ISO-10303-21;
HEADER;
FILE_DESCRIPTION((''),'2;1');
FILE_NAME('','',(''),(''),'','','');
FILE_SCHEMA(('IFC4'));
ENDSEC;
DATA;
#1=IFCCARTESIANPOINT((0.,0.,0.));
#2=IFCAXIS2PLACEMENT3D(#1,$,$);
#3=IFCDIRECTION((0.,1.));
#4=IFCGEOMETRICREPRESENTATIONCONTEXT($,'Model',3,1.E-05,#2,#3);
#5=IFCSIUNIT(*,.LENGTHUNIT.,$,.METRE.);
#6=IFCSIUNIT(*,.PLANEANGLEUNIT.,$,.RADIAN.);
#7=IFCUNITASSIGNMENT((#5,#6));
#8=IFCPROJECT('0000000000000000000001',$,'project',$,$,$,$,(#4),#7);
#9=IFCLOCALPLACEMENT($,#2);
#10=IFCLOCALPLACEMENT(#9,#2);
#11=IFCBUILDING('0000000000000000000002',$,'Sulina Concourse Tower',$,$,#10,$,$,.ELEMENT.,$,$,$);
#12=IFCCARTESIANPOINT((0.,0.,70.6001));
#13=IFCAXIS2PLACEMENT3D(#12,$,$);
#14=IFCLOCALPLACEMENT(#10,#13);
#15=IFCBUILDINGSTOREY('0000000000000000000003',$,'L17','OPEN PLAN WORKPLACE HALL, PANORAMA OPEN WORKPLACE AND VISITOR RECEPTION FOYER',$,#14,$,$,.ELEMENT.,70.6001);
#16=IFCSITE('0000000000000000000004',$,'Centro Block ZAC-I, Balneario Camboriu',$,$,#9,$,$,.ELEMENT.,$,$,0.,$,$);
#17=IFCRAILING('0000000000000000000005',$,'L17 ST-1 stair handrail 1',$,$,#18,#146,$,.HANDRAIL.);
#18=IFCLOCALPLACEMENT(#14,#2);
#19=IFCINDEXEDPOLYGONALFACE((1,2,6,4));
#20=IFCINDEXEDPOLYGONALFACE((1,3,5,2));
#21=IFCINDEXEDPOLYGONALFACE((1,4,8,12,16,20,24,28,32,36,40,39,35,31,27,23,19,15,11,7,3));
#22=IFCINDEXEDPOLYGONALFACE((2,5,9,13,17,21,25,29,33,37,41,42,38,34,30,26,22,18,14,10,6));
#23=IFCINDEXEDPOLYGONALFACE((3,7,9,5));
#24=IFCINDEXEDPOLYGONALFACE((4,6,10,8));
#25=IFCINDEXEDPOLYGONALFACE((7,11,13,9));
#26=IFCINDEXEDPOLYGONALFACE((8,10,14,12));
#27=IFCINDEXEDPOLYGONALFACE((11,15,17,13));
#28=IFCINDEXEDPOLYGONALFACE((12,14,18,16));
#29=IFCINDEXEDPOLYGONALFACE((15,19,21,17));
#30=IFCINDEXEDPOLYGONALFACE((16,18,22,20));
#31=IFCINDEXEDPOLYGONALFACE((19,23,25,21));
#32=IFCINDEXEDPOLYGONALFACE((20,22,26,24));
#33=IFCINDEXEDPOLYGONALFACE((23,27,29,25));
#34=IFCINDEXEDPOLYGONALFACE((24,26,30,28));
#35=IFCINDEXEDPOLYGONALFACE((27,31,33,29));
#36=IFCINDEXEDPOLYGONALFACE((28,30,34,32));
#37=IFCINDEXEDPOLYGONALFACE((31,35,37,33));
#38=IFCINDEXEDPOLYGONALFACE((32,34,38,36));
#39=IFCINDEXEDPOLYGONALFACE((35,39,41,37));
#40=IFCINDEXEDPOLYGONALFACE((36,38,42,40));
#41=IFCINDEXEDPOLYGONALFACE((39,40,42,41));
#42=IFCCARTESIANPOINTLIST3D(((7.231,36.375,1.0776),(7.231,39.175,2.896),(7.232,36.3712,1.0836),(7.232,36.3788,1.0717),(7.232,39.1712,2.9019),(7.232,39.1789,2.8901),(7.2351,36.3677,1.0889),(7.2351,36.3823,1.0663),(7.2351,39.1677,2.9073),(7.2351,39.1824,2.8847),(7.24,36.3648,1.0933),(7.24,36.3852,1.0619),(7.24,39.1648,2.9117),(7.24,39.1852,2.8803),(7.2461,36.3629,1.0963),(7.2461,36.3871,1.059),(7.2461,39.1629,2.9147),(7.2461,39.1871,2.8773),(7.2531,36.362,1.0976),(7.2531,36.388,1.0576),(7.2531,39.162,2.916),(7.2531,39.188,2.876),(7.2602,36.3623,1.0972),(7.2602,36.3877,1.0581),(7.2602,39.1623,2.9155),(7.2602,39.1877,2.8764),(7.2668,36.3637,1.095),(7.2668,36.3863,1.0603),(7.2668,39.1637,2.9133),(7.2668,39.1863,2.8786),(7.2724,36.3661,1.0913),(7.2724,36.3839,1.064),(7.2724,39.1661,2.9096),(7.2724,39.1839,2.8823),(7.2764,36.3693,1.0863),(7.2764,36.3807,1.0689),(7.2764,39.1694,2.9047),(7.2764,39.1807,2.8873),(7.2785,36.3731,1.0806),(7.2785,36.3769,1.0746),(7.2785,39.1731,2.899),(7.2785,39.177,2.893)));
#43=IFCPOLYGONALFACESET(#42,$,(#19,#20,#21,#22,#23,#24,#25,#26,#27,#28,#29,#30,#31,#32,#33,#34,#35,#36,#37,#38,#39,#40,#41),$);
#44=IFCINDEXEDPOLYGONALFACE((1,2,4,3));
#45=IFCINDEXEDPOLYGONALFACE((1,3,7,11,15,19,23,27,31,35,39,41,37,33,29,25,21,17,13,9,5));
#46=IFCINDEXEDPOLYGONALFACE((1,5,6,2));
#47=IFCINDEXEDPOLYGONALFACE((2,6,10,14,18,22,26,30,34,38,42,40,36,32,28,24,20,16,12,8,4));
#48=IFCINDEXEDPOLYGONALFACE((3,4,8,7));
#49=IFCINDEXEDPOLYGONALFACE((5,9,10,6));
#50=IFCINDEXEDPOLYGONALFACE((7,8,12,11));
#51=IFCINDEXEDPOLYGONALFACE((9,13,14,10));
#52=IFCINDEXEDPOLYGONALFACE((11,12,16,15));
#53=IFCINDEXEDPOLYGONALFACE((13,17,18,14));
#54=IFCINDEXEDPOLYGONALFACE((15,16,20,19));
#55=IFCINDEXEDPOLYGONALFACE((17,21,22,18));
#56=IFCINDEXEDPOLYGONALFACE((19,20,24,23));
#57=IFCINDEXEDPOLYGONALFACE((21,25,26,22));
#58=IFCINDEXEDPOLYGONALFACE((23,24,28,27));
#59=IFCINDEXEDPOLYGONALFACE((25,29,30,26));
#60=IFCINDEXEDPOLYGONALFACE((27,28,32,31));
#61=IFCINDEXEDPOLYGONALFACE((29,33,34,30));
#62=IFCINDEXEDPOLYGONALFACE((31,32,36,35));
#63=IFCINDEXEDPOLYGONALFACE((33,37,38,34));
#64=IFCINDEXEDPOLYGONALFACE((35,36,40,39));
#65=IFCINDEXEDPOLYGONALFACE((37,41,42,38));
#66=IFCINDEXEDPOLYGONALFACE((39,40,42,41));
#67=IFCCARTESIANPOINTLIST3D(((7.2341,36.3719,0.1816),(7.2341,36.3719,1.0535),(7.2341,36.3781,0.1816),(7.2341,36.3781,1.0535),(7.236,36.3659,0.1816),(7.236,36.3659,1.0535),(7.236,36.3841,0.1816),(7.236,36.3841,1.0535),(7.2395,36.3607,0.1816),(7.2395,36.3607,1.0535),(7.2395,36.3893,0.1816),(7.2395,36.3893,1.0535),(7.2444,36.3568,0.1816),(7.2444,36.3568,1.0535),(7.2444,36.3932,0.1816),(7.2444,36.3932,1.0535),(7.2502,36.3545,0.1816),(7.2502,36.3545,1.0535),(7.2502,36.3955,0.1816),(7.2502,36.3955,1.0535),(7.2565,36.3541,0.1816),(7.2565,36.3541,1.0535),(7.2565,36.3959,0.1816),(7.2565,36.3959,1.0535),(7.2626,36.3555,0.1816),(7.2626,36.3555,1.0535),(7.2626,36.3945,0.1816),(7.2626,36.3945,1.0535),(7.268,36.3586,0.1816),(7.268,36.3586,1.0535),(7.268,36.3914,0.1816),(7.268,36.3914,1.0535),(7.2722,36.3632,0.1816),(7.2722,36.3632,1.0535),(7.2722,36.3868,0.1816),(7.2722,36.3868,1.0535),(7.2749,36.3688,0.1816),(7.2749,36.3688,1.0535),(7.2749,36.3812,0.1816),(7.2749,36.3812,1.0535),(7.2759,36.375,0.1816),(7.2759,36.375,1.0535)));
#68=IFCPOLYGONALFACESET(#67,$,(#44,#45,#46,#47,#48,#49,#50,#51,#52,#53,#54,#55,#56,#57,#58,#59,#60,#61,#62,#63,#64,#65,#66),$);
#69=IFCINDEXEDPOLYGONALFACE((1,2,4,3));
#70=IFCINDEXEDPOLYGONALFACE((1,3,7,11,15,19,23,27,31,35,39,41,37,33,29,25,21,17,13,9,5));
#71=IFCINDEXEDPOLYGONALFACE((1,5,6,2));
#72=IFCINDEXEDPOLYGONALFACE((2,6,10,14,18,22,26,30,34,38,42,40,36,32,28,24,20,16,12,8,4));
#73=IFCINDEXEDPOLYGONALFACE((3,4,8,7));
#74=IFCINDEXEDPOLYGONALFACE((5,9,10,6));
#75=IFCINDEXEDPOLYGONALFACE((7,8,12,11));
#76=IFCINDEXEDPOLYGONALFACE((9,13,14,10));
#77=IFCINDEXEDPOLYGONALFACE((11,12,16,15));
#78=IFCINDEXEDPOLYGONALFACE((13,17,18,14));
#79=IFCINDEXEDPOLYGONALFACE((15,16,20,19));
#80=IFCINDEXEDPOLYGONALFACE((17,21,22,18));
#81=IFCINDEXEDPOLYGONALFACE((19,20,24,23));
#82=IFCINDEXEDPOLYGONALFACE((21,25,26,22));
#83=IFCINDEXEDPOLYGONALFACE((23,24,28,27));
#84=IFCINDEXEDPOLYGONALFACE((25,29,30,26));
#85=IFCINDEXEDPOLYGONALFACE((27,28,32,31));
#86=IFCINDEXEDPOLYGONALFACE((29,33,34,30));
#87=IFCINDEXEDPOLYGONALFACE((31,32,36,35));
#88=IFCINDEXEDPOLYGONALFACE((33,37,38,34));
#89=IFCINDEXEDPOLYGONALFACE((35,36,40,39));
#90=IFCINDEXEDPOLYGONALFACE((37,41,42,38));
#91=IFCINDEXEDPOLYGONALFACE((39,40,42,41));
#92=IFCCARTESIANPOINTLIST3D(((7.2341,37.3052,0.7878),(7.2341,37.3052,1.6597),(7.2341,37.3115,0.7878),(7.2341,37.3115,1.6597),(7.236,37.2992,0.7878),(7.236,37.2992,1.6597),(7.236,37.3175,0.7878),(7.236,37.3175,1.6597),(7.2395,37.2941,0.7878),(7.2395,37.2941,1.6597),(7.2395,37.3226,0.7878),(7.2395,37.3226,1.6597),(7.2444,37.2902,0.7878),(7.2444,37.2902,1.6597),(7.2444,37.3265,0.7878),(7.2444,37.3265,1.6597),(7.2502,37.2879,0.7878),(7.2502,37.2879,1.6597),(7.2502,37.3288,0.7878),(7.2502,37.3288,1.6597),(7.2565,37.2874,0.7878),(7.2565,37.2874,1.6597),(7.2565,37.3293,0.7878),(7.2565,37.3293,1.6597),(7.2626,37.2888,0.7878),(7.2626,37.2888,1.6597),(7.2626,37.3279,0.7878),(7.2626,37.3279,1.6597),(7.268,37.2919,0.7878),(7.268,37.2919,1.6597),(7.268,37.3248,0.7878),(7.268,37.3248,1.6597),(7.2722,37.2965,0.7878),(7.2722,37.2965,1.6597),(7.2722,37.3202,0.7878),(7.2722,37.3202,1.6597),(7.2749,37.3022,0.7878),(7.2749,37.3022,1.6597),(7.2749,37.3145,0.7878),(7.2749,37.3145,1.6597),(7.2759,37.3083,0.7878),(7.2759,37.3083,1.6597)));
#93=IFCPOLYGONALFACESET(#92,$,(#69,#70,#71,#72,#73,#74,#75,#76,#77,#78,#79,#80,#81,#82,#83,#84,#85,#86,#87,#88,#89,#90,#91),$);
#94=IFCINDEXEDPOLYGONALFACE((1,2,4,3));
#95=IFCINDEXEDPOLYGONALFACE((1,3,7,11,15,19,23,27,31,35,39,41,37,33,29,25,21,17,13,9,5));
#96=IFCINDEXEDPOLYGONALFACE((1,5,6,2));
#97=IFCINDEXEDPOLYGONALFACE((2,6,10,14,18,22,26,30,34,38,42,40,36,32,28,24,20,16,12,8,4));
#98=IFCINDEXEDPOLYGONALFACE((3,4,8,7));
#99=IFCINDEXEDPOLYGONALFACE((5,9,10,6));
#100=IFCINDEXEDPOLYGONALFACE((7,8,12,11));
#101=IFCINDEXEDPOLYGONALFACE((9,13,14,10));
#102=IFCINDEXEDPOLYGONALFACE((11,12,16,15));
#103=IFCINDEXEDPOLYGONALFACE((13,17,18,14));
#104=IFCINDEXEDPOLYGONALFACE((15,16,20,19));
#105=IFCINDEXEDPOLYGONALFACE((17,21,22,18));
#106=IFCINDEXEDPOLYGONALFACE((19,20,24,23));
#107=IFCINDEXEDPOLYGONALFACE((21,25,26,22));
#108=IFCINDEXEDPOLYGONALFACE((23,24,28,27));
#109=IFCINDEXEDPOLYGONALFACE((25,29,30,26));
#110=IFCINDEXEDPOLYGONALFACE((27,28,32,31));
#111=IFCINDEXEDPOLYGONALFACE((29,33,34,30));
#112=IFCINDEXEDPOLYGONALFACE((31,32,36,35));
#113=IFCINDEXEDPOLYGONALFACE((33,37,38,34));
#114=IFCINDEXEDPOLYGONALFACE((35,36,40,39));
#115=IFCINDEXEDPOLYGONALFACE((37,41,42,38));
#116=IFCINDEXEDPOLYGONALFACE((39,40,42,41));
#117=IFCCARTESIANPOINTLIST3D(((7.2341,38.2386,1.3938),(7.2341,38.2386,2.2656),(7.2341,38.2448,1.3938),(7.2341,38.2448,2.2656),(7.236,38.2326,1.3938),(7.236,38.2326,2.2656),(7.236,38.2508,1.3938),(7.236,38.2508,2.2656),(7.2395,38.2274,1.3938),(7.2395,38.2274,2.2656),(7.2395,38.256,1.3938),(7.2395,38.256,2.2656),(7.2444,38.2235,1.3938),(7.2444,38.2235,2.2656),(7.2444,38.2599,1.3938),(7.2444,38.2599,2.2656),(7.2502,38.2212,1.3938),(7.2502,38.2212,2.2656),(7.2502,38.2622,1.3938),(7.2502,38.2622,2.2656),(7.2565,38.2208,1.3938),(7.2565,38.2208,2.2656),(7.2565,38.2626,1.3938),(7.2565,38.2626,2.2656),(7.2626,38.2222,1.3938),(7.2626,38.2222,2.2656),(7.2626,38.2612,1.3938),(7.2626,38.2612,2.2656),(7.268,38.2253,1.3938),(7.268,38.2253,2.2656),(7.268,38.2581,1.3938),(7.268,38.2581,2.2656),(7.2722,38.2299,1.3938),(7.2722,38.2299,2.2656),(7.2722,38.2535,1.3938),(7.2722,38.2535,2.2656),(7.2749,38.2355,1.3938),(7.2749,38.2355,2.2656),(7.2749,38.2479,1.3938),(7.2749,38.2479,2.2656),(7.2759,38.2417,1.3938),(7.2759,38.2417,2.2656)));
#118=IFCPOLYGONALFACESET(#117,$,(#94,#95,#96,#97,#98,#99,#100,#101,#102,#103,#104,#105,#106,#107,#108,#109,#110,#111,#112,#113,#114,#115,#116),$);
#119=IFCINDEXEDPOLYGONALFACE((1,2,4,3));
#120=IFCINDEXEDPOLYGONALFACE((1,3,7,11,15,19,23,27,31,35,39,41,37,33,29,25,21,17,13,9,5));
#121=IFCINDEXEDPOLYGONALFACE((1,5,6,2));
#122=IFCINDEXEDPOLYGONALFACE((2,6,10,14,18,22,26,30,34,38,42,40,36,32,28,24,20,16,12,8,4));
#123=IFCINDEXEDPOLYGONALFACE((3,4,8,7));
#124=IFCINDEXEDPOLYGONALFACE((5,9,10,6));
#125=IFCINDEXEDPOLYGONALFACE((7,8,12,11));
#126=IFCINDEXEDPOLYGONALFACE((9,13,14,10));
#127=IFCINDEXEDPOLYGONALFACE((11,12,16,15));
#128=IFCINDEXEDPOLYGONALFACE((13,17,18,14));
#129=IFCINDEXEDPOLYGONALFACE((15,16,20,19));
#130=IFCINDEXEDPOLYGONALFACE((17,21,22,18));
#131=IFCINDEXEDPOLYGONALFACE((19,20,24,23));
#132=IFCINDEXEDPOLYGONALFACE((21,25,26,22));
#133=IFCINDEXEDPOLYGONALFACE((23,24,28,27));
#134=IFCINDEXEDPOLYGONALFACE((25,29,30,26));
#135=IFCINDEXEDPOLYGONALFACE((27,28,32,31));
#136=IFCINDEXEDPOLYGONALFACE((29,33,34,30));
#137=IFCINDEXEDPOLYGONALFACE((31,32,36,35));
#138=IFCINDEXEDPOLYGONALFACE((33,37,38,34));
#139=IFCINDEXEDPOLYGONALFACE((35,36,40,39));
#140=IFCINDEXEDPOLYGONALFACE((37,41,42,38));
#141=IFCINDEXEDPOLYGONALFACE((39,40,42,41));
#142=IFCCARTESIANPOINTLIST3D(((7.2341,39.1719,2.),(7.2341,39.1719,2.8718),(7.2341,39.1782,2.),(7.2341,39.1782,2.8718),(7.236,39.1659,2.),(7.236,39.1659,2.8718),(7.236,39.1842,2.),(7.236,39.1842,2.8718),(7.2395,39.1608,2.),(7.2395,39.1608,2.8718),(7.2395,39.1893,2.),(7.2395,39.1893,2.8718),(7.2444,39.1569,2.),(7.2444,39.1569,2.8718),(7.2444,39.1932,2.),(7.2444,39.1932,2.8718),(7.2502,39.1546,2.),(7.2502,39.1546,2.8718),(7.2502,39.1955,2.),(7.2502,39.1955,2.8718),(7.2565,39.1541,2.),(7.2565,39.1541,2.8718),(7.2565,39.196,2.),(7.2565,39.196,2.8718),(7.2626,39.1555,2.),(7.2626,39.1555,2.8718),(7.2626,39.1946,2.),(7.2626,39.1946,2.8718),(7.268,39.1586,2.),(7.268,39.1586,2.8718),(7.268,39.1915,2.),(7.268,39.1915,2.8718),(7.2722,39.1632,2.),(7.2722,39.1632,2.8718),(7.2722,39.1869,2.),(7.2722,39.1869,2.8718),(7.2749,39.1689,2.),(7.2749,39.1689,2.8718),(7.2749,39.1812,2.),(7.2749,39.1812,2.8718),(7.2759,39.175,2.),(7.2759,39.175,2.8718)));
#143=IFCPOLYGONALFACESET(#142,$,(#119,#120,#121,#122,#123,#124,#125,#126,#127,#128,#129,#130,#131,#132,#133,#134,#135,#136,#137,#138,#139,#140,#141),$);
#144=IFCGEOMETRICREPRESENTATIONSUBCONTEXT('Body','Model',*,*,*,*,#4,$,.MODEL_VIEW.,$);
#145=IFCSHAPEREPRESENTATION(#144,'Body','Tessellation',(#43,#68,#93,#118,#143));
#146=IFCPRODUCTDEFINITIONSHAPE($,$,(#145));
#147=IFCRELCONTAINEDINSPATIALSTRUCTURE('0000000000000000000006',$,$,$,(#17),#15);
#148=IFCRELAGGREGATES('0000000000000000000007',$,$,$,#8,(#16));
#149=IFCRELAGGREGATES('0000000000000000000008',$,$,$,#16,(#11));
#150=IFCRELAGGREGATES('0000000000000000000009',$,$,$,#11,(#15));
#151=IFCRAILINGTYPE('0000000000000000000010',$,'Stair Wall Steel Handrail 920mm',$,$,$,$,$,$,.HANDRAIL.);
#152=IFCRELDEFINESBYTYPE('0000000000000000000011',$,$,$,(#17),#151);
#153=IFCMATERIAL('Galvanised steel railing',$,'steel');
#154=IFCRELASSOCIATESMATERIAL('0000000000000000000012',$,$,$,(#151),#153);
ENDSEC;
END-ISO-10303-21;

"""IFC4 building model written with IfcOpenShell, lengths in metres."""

from ifc_helpers import new_model, si_unit, direction, frame, origin, origin_2d, place, context, subcontext, project, spatial, circle, extrude, material, type_object, element, save


model = new_model("IFC4")

# Units and contexts
model_context = context("Model", 3, precision=1e-05, world=origin(), true_north=direction((0.0, 1.0)))
body_context = subcontext(model_context, "Body", "Model", "MODEL_VIEW")
ifc_project = project(units=[si_unit("LENGTHUNIT", "METRE"), si_unit("PLANEANGLEUNIT", "RADIAN")], contexts=[model_context])

# Site, building, storey
site_placement = place(None, origin())
site = spatial("IfcSite", under=ifc_project, at=site_placement, Name="Centro Block ZAC-I, Balneario Camboriu", CompositionType="ELEMENT", RefElevation=0.0)
building_placement = place(site_placement, origin())
building = spatial("IfcBuilding", under=site, at=building_placement, Name="Sulina Concourse Tower", CompositionType="ELEMENT")
storey_placement = place(building_placement, frame((0.0, 0.0, 70.6001)))
storey = spatial("IfcBuildingStorey", under=building, at=storey_placement, Name="L17", Description="OPEN PLAN WORKPLACE HALL, PANORAMA OPEN WORKPLACE AND VISITOR RECEPTION FOYER", CompositionType="ELEMENT", Elevation=70.6001)

# Railing
ifc_material_1 = material(Name="Galvanised steel railing", Category="steel")
railing_type_1 = type_object("IfcRailingType", Name="Stair Wall Steel Handrail 920mm", PredefinedType="HANDRAIL", material=ifc_material_1)
railing_1_placement = place(storey_placement, frame((7.2549, 36.375, 0.1816)))
element("IfcRailing", 1, at=railing_1_placement, inside=storey, type_object=railing_type_1, Name="L17 ST-1 stair handrail 1", PredefinedType="HANDRAIL", context=body_context, shape_type="SweptSolid", body=[
    extrude(circle(Radius=0.0239, at=origin_2d()), frame((0.0, 0.0, 0.896), z_axis=(0.0, 0.838672, 0.544636), x_axis=(-1.0, 0.0, 0.0)), (0.0, 0.0, 1.0), 3.3386),
    extrude(circle(Radius=0.021, at=origin_2d()), origin(), (0.0, 0.0, 1.0), 0.8718),
    extrude(circle(Radius=0.021, at=origin_2d()), frame((0.0, 0.9333, 0.6062)), (0.0, 0.0, 1.0), 0.8718),
    extrude(circle(Radius=0.021, at=origin_2d()), frame((0.0, 1.8667, 1.2122)), (0.0, 0.0, 1.0), 0.8718),
    extrude(circle(Radius=0.021, at=origin_2d()), frame((0.0, 2.8, 1.8184)), (0.0, 0.0, 1.0), 0.8718),
])

save(model, "model.ifc")
